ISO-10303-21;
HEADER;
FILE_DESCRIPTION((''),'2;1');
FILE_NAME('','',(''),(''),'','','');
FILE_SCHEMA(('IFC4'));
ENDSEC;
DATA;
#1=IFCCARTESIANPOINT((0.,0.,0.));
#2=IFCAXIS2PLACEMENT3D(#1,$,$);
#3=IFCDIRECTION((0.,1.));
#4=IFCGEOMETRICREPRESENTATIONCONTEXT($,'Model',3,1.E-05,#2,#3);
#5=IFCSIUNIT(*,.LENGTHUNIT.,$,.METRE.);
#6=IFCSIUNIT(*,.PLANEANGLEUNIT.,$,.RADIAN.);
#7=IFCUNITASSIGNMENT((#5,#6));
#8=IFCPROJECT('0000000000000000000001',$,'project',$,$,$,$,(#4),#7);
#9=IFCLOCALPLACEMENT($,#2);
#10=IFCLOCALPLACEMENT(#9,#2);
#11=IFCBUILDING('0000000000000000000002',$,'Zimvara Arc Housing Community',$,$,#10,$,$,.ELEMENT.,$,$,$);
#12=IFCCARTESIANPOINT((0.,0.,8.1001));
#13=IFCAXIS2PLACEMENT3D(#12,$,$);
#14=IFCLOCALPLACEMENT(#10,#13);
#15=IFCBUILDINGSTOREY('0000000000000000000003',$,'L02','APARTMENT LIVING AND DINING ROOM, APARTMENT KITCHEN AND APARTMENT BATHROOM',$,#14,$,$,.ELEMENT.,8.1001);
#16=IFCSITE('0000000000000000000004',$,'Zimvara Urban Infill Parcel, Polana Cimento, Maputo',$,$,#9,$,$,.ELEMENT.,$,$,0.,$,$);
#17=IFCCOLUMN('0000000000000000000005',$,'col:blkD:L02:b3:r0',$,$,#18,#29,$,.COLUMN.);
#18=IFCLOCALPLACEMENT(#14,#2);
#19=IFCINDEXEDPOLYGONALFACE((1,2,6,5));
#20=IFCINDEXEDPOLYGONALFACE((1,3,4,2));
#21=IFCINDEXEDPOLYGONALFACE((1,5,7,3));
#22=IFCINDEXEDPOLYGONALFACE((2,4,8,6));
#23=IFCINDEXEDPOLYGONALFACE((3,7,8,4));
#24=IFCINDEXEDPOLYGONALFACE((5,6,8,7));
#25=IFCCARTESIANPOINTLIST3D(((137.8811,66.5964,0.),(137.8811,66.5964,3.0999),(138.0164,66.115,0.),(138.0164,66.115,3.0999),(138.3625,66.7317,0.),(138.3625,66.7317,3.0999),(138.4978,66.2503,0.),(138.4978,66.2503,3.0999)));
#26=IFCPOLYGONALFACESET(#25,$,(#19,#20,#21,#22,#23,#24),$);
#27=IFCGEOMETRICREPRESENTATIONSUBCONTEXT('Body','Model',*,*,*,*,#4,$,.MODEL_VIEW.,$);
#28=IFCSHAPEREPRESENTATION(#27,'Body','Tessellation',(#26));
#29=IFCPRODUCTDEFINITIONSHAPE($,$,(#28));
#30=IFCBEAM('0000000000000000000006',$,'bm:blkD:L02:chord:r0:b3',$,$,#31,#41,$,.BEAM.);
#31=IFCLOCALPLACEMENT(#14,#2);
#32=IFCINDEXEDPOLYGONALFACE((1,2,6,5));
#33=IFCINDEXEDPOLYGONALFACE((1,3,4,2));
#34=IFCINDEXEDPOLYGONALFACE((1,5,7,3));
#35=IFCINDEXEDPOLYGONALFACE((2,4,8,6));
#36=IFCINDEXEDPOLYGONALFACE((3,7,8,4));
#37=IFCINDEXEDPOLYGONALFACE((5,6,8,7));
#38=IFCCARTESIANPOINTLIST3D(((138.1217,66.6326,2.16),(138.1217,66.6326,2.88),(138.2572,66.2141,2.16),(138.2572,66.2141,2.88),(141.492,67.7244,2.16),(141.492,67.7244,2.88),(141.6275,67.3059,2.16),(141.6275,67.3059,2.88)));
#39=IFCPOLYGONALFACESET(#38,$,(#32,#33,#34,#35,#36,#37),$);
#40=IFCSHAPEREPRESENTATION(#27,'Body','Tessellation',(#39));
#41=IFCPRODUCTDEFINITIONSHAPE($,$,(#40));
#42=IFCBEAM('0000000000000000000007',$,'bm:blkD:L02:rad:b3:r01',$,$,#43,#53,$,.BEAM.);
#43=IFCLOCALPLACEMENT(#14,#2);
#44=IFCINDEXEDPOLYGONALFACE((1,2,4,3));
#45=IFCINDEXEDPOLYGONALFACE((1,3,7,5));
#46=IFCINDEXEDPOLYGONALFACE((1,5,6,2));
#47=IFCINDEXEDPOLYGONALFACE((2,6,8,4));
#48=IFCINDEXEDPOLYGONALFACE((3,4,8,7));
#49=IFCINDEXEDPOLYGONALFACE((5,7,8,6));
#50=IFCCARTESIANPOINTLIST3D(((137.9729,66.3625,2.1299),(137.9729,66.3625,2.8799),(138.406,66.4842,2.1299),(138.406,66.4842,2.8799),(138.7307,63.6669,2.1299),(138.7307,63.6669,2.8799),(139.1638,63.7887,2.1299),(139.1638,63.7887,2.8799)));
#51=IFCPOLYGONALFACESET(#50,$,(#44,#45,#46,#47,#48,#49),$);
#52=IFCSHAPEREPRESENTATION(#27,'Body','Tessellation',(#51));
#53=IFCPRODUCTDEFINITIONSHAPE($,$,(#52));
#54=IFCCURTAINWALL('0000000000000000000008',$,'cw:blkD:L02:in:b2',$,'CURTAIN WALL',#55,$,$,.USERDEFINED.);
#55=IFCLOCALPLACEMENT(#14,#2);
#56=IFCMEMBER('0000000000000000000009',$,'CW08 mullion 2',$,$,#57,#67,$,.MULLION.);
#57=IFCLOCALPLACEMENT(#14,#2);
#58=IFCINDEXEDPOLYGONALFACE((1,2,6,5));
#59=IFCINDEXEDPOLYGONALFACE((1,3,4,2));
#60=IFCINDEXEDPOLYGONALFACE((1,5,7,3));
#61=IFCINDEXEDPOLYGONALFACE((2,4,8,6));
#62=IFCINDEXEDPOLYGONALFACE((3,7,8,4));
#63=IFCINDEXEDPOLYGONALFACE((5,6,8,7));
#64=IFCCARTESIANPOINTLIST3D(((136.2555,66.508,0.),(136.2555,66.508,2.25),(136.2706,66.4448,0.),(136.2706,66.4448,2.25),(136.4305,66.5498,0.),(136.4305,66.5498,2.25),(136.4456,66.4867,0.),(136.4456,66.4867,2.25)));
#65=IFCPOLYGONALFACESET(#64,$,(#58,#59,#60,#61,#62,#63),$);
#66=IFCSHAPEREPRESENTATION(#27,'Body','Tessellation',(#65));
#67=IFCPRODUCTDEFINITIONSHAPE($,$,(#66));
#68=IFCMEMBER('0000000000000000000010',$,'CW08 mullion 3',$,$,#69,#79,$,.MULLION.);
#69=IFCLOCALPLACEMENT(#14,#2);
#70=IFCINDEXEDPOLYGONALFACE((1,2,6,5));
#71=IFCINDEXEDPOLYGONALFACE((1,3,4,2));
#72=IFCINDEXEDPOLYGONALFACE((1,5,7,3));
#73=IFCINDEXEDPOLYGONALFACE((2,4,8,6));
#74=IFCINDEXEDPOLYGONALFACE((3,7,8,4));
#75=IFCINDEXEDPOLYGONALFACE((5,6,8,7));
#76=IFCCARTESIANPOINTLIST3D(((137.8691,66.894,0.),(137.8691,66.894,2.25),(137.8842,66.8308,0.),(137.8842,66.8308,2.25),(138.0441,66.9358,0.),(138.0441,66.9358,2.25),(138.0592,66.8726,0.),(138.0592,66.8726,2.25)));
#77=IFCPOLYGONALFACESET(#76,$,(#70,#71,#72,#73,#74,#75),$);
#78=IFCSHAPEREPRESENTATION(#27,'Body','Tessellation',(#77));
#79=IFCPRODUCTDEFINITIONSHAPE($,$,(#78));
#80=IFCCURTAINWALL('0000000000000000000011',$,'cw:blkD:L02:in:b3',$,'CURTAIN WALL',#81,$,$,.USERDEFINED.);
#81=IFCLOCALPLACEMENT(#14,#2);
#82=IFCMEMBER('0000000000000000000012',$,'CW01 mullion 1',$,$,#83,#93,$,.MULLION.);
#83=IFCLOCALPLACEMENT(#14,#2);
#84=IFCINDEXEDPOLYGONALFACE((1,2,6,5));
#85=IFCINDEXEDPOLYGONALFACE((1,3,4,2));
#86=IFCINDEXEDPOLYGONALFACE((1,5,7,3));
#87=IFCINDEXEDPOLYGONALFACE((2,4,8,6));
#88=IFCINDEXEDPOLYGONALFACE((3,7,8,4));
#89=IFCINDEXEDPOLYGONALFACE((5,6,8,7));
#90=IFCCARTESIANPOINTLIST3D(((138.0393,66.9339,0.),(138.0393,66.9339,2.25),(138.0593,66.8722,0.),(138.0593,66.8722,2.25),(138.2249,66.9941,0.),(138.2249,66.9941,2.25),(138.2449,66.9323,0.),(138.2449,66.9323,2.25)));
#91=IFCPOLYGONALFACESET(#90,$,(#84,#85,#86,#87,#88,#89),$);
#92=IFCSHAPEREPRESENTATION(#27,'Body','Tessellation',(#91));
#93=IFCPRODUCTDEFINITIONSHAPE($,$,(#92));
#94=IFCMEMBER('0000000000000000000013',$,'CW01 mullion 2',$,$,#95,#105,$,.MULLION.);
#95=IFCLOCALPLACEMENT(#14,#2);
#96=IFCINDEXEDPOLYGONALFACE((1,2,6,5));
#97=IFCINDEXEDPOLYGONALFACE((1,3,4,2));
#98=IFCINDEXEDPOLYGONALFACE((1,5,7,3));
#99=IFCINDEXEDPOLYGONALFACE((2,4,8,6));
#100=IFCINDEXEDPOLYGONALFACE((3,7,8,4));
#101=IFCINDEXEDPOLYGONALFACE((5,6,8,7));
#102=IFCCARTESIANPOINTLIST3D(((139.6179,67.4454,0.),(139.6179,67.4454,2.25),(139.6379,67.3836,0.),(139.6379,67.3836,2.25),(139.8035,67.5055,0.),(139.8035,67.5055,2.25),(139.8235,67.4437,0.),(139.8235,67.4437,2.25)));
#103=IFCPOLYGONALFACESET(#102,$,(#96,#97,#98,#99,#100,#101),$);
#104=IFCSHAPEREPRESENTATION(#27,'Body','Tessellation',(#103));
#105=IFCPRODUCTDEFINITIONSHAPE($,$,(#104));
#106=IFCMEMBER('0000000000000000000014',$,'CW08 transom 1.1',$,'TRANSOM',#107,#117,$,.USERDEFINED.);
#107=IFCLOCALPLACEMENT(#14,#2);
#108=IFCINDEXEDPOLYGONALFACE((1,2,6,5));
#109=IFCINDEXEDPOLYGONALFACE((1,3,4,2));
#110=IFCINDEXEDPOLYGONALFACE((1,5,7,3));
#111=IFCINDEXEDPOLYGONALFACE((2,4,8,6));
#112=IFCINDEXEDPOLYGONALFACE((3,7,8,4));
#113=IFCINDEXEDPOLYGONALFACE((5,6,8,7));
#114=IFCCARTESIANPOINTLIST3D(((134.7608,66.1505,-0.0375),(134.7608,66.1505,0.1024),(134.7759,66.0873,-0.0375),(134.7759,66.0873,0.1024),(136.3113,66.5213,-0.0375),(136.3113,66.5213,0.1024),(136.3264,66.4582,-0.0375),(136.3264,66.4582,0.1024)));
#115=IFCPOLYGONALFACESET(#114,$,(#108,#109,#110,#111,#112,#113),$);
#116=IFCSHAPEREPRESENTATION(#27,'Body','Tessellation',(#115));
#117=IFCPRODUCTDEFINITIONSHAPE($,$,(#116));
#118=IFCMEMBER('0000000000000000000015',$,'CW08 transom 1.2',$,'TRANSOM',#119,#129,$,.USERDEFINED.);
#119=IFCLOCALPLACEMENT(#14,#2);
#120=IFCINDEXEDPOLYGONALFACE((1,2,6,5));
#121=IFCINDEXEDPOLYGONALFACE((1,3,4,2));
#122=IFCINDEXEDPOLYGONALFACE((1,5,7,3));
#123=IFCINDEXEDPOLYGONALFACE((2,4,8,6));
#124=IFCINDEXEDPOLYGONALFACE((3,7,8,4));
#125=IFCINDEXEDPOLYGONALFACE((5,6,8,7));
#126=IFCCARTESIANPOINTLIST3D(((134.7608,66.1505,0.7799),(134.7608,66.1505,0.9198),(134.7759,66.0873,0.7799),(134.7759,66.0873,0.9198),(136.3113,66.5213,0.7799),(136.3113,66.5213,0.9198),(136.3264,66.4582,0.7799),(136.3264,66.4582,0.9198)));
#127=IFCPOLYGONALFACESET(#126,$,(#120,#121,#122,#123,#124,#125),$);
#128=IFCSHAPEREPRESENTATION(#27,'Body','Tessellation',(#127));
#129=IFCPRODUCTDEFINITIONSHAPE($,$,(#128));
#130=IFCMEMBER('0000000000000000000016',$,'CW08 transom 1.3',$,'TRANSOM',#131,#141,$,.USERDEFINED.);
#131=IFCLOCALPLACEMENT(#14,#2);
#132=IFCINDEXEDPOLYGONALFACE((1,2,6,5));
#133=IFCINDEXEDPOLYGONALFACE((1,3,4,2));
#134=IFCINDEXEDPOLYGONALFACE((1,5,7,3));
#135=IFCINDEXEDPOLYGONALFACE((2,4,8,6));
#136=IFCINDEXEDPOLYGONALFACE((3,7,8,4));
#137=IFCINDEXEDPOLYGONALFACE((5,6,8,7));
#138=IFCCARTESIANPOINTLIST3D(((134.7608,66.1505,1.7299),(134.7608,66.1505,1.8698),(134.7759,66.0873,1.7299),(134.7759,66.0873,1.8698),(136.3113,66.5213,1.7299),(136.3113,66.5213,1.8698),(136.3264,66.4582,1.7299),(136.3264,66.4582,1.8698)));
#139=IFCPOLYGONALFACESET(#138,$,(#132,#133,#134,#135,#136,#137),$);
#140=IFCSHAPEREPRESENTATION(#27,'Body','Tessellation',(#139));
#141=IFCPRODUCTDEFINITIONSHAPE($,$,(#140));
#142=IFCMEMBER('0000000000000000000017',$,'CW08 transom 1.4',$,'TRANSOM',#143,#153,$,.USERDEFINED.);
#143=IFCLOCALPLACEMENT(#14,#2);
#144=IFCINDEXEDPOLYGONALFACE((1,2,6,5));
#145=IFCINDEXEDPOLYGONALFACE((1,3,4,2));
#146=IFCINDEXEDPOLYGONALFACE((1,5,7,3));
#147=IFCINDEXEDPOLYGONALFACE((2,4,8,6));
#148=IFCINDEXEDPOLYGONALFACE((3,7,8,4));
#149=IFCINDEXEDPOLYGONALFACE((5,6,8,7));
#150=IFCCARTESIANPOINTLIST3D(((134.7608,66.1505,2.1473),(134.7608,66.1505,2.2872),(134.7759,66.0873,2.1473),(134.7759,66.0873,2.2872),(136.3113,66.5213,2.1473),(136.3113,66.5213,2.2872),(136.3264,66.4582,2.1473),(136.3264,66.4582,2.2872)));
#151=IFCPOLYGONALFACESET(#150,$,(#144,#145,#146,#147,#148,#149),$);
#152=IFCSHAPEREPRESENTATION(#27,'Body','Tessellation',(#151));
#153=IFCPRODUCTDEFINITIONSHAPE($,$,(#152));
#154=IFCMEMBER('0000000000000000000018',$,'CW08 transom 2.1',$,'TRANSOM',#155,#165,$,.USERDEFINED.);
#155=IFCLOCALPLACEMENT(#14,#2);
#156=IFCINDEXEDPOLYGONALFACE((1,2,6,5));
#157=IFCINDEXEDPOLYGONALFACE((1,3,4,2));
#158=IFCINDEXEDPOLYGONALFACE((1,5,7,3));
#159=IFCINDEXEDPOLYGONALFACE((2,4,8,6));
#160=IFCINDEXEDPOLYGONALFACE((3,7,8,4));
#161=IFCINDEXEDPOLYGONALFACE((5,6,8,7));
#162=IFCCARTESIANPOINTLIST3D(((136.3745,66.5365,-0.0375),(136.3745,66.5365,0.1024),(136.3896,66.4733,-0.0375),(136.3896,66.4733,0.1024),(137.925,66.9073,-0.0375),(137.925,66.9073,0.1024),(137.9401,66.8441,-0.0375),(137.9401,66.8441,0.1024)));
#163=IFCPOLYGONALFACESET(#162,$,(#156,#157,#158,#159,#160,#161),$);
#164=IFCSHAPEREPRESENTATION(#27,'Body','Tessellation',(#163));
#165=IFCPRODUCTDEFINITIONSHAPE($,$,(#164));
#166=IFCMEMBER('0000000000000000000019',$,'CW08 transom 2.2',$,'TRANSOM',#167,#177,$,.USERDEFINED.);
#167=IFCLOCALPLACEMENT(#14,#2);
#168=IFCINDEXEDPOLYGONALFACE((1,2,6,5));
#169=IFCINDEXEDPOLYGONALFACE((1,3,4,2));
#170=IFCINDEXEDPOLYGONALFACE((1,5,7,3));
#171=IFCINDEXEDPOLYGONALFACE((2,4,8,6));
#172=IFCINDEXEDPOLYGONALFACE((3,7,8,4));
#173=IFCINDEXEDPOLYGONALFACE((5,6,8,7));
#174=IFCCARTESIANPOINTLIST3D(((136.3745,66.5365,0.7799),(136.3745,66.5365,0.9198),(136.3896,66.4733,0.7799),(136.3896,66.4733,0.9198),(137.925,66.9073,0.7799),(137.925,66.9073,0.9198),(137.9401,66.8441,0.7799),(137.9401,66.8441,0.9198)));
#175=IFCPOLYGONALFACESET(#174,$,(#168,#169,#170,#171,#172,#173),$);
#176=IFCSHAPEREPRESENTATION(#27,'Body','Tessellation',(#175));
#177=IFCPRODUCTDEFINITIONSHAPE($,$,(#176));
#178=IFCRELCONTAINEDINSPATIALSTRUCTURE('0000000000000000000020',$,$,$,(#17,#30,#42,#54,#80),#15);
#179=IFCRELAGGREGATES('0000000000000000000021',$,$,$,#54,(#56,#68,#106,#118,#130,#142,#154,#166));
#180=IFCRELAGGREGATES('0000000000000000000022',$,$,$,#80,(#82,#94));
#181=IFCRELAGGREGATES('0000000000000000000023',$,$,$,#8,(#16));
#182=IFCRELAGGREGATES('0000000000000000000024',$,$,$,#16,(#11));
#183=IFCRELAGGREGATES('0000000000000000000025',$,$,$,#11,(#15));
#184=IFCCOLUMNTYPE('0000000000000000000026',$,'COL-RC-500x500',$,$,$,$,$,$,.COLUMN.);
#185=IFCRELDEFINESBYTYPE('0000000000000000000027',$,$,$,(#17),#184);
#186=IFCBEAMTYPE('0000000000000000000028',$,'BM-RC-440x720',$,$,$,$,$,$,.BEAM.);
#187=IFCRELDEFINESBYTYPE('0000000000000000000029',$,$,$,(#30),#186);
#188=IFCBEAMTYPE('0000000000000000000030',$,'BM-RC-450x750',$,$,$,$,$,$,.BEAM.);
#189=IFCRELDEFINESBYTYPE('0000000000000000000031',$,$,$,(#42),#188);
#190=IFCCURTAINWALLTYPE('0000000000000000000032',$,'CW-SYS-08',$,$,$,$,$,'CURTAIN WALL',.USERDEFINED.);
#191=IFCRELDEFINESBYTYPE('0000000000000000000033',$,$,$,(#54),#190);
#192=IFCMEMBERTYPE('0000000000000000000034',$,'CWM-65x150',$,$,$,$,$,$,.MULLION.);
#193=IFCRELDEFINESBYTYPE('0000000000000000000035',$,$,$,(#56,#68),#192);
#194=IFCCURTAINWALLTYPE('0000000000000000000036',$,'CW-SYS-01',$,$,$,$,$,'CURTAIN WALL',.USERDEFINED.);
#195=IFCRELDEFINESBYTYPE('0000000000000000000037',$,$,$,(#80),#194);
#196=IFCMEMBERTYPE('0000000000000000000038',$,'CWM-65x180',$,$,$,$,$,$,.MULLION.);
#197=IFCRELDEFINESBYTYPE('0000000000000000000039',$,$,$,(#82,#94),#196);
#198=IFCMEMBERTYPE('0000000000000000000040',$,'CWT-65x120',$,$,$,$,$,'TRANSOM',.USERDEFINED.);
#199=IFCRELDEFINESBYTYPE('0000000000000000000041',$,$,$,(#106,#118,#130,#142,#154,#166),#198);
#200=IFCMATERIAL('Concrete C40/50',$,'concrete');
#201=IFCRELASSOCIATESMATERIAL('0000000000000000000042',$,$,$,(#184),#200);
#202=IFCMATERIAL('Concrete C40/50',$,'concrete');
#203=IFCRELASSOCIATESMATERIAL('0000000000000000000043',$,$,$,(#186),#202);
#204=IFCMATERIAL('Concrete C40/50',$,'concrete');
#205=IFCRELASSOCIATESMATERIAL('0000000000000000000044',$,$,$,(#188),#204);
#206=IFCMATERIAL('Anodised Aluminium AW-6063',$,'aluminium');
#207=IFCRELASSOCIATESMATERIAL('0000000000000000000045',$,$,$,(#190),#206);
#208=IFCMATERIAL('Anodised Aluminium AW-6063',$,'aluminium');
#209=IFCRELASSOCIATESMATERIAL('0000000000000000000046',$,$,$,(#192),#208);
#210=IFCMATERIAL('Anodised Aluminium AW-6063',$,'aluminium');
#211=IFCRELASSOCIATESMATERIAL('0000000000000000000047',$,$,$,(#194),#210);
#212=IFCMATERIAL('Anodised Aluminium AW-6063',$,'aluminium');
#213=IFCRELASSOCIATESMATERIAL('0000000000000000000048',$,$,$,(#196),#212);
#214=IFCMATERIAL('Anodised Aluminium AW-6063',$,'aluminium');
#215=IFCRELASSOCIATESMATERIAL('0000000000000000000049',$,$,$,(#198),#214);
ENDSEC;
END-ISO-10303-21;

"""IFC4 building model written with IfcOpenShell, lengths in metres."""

from ifc_helpers import new_model, si_unit, direction, frame, origin, origin_2d, place, context, subcontext, project, spatial, rectangle, extrude, material, material_profile, profile_set, type_object, element, aggregate, save


model = new_model("IFC4")

# Units and contexts
model_context = context("Model", 3, precision=1e-05, world=origin(), true_north=direction((0.0, 1.0)))
body_context = subcontext(model_context, "Body", "Model", "MODEL_VIEW")
ifc_project = project(units=[si_unit("LENGTHUNIT", "METRE"), si_unit("PLANEANGLEUNIT", "RADIAN")], contexts=[model_context])

# Site, building, storey
site_placement = place(None, origin())
site = spatial("IfcSite", under=ifc_project, at=site_placement, Name="Zimvara Urban Infill Parcel, Polana Cimento, Maputo", CompositionType="ELEMENT", RefElevation=0.0)
building_placement = place(site_placement, origin())
building = spatial("IfcBuilding", under=site, at=building_placement, Name="Zimvara Arc Housing Community", CompositionType="ELEMENT")
storey_placement = place(building_placement, frame((0.0, 0.0, 8.1001)))
storey = spatial("IfcBuildingStorey", under=building, at=storey_placement, Name="L02", Description="APARTMENT LIVING AND DINING ROOM, APARTMENT KITCHEN AND APARTMENT BATHROOM", CompositionType="ELEMENT", Elevation=8.1001)

# Column
ifc_material_1 = material(Name="Concrete C40/50", Category="concrete")
ifc_material_profile_1 = material_profile(ifc_material_1, rectangle(XDim=0.5, YDim=0.5, at=origin_2d()), Name="RC 500x500")
ifc_profile_set_1 = profile_set([ifc_material_profile_1], Name="Concrete C40/50")
column_type = type_object("IfcColumnType", Name="COL-RC-500x500", PredefinedType="COLUMN", material=ifc_profile_set_1)
column_placement = place(storey_placement, frame((138.1895, 66.4233, 0.0), z_axis=(0.0, 0.0, 1.0), x_axis=(0.2706, -0.962692, 0.0)))
element("IfcColumn", 1, at=column_placement, inside=storey, type_object=column_type, Name="col:blkD:L02:b3:r0", PredefinedType="COLUMN", context=body_context, shape_type="SweptSolid", body=[
    extrude(rectangle(XDim=0.5, YDim=0.5, at=origin_2d()), origin(), (0.0, 0.0, 1.0), 3.0999),
])

# Beams
ifc_material_2 = material(Name="Concrete C40/50", Category="concrete")
ifc_material_profile_2 = material_profile(ifc_material_2, rectangle(XDim=0.4399, YDim=0.72, at=origin_2d()), Name="RC 440x720")
ifc_profile_set_2 = profile_set([ifc_material_profile_2], Name="Concrete C40/50")
beam_type_1 = type_object("IfcBeamType", Name="BM-RC-440x720", PredefinedType="BEAM", material=ifc_profile_set_2)
beam_1_placement = place(storey_placement, frame((138.1895, 66.4233, 2.52), z_axis=(0.95133, 0.308174, 0.0), x_axis=(-0.308174, 0.95133, 0.0)))
element("IfcBeam", 2, at=beam_1_placement, inside=storey, type_object=beam_type_1, Name="bm:blkD:L02:chord:r0:b3", PredefinedType="BEAM", context=body_context, shape_type="SweptSolid", body=[
    extrude(rectangle(XDim=0.4399, YDim=0.72, at=origin_2d()), origin(), (0.0, 0.0, 1.0), 3.5427),
])
ifc_material_3 = material(Name="Concrete C40/50", Category="concrete")
ifc_material_profile_3 = material_profile(ifc_material_3, rectangle(XDim=0.45, YDim=0.75, at=origin_2d()), Name="RC 450x750")
ifc_profile_set_3 = profile_set([ifc_material_profile_3], Name="Concrete C40/50")
beam_type_2 = type_object("IfcBeamType", Name="BM-RC-450x750", PredefinedType="BEAM", material=ifc_profile_set_3)
beam_2_placement = place(storey_placement, frame((138.1895, 66.4233, 2.5049), z_axis=(0.270642, -0.96268, 0.0), x_axis=(0.96268, 0.270642, 0.0)))
element("IfcBeam", 3, at=beam_2_placement, inside=storey, type_object=beam_type_2, Name="bm:blkD:L02:rad:b3:r01", PredefinedType="BEAM", context=body_context, shape_type="SweptSolid", body=[
    extrude(rectangle(XDim=0.45, YDim=0.75, at=origin_2d()), origin(), (0.0, 0.0, 1.0), 2.8),
])

# Curtain walls, members
ifc_material_4 = material(Name="Anodised Aluminium AW-6063", Category="aluminium")
curtain_wall_type_1 = type_object("IfcCurtainWallType", Name="CW-SYS-08", ElementType="CURTAIN WALL", PredefinedType="USERDEFINED", material=ifc_material_4)
curtain_wall_1_placement = place(storey_placement, origin())
curtain_wall_1 = element("IfcCurtainWall", 4, at=curtain_wall_1_placement, inside=storey, type_object=curtain_wall_type_1, Name="cw:blkD:L02:in:b2", ObjectType="CURTAIN WALL", PredefinedType="USERDEFINED")
ifc_material_5 = material(Name="Anodised Aluminium AW-6063", Category="aluminium")
ifc_material_profile_4 = material_profile(ifc_material_5, rectangle(XDim=0.0649, YDim=0.1799, at=origin_2d()), Name="ALU 65x180")
ifc_profile_set_4 = profile_set([ifc_material_profile_4], Name="Anodised Aluminium AW-6063")
member_type_1 = type_object("IfcMemberType", Name="CWM-65x150", PredefinedType="MULLION", material=ifc_profile_set_4)
member_1_placement = place(storey_placement, frame((136.3506, 66.4973, 0.0), z_axis=(0.0, 0.0, 1.0), x_axis=(-0.232596, 0.972573, 0.0)))
member_1 = element("IfcMember", 5, at=member_1_placement, type_object=member_type_1, Name="CW08 mullion 2", PredefinedType="MULLION", context=body_context, shape_type="SweptSolid", body=[
    extrude(rectangle(XDim=0.0649, YDim=0.1799, at=origin_2d()), origin(), (0.0, 0.0, 1.0), 2.25),
])
member_2_placement = place(storey_placement, frame((137.9641, 66.8833, 0.0), z_axis=(0.0, 0.0, 1.0), x_axis=(-0.232596, 0.972573, 0.0)))
member_2 = element("IfcMember", 6, at=member_2_placement, type_object=member_type_1, Name="CW08 mullion 3", PredefinedType="MULLION", context=body_context, shape_type="SweptSolid", body=[
    extrude(rectangle(XDim=0.0649, YDim=0.1799, at=origin_2d()), origin(), (0.0, 0.0, 1.0), 2.25),
])
ifc_material_6 = material(Name="Anodised Aluminium AW-6063", Category="aluminium")
curtain_wall_type_2 = type_object("IfcCurtainWallType", Name="CW-SYS-01", ElementType="CURTAIN WALL", PredefinedType="USERDEFINED", material=ifc_material_6)
curtain_wall_2_placement = place(storey_placement, origin())
curtain_wall_2 = element("IfcCurtainWall", 7, at=curtain_wall_2_placement, inside=storey, type_object=curtain_wall_type_2, Name="cw:blkD:L02:in:b3", ObjectType="CURTAIN WALL", PredefinedType="USERDEFINED")
ifc_material_7 = material(Name="Anodised Aluminium AW-6063", Category="aluminium")
ifc_material_profile_5 = material_profile(ifc_material_7, rectangle(XDim=0.0649, YDim=0.1951, at=origin_2d()), Name="ALU 65x195")
ifc_profile_set_5 = profile_set([ifc_material_profile_5], Name="Anodised Aluminium AW-6063")
member_type_2 = type_object("IfcMemberType", Name="CWM-65x180", PredefinedType="MULLION", material=ifc_profile_set_5)
member_3_placement = place(storey_placement, frame((138.1421, 66.9331, 0.0), z_axis=(0.0, 0.0, 1.0), x_axis=(-0.308185, 0.951326, 0.0)))
member_3 = element("IfcMember", 8, at=member_3_placement, type_object=member_type_2, Name="CW01 mullion 1", PredefinedType="MULLION", context=body_context, shape_type="SweptSolid", body=[
    extrude(rectangle(XDim=0.0649, YDim=0.1951, at=origin_2d()), origin(), (0.0, 0.0, 1.0), 2.25),
])
member_4_placement = place(storey_placement, frame((139.7207, 67.4446, 0.0), z_axis=(0.0, 0.0, 1.0), x_axis=(-0.308185, 0.951326, 0.0)))
member_4 = element("IfcMember", 9, at=member_4_placement, type_object=member_type_2, Name="CW01 mullion 2", PredefinedType="MULLION", context=body_context, shape_type="SweptSolid", body=[
    extrude(rectangle(XDim=0.0649, YDim=0.1951, at=origin_2d()), origin(), (0.0, 0.0, 1.0), 2.25),
])

# Members
ifc_material_8 = material(Name="Anodised Aluminium AW-6063", Category="aluminium")
ifc_material_profile_6 = material_profile(ifc_material_8, rectangle(XDim=0.0649, YDim=0.1399, at=origin_2d()), Name="ALU 65x140")
ifc_profile_set_6 = profile_set([ifc_material_profile_6], Name="Anodised Aluminium AW-6063")
member_type_3 = type_object("IfcMemberType", Name="CWT-65x120", ElementType="TRANSOM", PredefinedType="USERDEFINED", material=ifc_profile_set_6)
member_5_placement = place(storey_placement, frame((134.7683, 66.1189, 0.0325), z_axis=(0.972569, 0.232614, 0.0), x_axis=(-0.232614, 0.972569, 0.0)))
member_5 = element("IfcMember", 10, at=member_5_placement, type_object=member_type_3, Name="CW08 transom 1.1", ObjectType="TRANSOM", PredefinedType="USERDEFINED", context=body_context, shape_type="SweptSolid", body=[
    extrude(rectangle(XDim=0.0649, YDim=0.1399, at=origin_2d()), origin(), (0.0, 0.0, 1.0), 1.5942),
])
member_6_placement = place(storey_placement, frame((134.7683, 66.1189, 0.8499), z_axis=(0.972569, 0.232614, 0.0), x_axis=(-0.232614, 0.972569, 0.0)))
member_6 = element("IfcMember", 11, at=member_6_placement, type_object=member_type_3, Name="CW08 transom 1.2", ObjectType="TRANSOM", PredefinedType="USERDEFINED", context=body_context, shape_type="SweptSolid", body=[
    extrude(rectangle(XDim=0.0649, YDim=0.1399, at=origin_2d()), origin(), (0.0, 0.0, 1.0), 1.5942),
])
member_7_placement = place(storey_placement, frame((134.7683, 66.1189, 1.7998), z_axis=(0.972569, 0.232614, 0.0), x_axis=(-0.232614, 0.972569, 0.0)))
member_7 = element("IfcMember", 12, at=member_7_placement, type_object=member_type_3, Name="CW08 transom 1.3", ObjectType="TRANSOM", PredefinedType="USERDEFINED", context=body_context, shape_type="SweptSolid", body=[
    extrude(rectangle(XDim=0.0649, YDim=0.1399, at=origin_2d()), origin(), (0.0, 0.0, 1.0), 1.5942),
])
member_8_placement = place(storey_placement, frame((134.7683, 66.1189, 2.2173), z_axis=(0.972569, 0.232614, 0.0), x_axis=(-0.232614, 0.972569, 0.0)))
member_8 = element("IfcMember", 13, at=member_8_placement, type_object=member_type_3, Name="CW08 transom 1.4", ObjectType="TRANSOM", PredefinedType="USERDEFINED", context=body_context, shape_type="SweptSolid", body=[
    extrude(rectangle(XDim=0.0649, YDim=0.1399, at=origin_2d()), origin(), (0.0, 0.0, 1.0), 1.5942),
])
member_9_placement = place(storey_placement, frame((136.3821, 66.5049, 0.0325), z_axis=(0.972569, 0.232614, 0.0), x_axis=(-0.232614, 0.972569, 0.0)))
member_9 = element("IfcMember", 14, at=member_9_placement, type_object=member_type_3, Name="CW08 transom 2.1", ObjectType="TRANSOM", PredefinedType="USERDEFINED", context=body_context, shape_type="SweptSolid", body=[
    extrude(rectangle(XDim=0.0649, YDim=0.1399, at=origin_2d()), origin(), (0.0, 0.0, 1.0), 1.5942),
])
member_10_placement = place(storey_placement, frame((136.3821, 66.5049, 0.8499), z_axis=(0.972569, 0.232614, 0.0), x_axis=(-0.232614, 0.972569, 0.0)))
member_10 = element("IfcMember", 15, at=member_10_placement, type_object=member_type_3, Name="CW08 transom 2.2", ObjectType="TRANSOM", PredefinedType="USERDEFINED", context=body_context, shape_type="SweptSolid", body=[
    extrude(rectangle(XDim=0.0649, YDim=0.1399, at=origin_2d()), origin(), (0.0, 0.0, 1.0), 1.5942),
])

aggregate(curtain_wall_1, [member_1, member_2, member_5, member_6, member_7, member_8, member_9, member_10])
aggregate(curtain_wall_2, [member_3, member_4])

save(model, "model.ifc")
